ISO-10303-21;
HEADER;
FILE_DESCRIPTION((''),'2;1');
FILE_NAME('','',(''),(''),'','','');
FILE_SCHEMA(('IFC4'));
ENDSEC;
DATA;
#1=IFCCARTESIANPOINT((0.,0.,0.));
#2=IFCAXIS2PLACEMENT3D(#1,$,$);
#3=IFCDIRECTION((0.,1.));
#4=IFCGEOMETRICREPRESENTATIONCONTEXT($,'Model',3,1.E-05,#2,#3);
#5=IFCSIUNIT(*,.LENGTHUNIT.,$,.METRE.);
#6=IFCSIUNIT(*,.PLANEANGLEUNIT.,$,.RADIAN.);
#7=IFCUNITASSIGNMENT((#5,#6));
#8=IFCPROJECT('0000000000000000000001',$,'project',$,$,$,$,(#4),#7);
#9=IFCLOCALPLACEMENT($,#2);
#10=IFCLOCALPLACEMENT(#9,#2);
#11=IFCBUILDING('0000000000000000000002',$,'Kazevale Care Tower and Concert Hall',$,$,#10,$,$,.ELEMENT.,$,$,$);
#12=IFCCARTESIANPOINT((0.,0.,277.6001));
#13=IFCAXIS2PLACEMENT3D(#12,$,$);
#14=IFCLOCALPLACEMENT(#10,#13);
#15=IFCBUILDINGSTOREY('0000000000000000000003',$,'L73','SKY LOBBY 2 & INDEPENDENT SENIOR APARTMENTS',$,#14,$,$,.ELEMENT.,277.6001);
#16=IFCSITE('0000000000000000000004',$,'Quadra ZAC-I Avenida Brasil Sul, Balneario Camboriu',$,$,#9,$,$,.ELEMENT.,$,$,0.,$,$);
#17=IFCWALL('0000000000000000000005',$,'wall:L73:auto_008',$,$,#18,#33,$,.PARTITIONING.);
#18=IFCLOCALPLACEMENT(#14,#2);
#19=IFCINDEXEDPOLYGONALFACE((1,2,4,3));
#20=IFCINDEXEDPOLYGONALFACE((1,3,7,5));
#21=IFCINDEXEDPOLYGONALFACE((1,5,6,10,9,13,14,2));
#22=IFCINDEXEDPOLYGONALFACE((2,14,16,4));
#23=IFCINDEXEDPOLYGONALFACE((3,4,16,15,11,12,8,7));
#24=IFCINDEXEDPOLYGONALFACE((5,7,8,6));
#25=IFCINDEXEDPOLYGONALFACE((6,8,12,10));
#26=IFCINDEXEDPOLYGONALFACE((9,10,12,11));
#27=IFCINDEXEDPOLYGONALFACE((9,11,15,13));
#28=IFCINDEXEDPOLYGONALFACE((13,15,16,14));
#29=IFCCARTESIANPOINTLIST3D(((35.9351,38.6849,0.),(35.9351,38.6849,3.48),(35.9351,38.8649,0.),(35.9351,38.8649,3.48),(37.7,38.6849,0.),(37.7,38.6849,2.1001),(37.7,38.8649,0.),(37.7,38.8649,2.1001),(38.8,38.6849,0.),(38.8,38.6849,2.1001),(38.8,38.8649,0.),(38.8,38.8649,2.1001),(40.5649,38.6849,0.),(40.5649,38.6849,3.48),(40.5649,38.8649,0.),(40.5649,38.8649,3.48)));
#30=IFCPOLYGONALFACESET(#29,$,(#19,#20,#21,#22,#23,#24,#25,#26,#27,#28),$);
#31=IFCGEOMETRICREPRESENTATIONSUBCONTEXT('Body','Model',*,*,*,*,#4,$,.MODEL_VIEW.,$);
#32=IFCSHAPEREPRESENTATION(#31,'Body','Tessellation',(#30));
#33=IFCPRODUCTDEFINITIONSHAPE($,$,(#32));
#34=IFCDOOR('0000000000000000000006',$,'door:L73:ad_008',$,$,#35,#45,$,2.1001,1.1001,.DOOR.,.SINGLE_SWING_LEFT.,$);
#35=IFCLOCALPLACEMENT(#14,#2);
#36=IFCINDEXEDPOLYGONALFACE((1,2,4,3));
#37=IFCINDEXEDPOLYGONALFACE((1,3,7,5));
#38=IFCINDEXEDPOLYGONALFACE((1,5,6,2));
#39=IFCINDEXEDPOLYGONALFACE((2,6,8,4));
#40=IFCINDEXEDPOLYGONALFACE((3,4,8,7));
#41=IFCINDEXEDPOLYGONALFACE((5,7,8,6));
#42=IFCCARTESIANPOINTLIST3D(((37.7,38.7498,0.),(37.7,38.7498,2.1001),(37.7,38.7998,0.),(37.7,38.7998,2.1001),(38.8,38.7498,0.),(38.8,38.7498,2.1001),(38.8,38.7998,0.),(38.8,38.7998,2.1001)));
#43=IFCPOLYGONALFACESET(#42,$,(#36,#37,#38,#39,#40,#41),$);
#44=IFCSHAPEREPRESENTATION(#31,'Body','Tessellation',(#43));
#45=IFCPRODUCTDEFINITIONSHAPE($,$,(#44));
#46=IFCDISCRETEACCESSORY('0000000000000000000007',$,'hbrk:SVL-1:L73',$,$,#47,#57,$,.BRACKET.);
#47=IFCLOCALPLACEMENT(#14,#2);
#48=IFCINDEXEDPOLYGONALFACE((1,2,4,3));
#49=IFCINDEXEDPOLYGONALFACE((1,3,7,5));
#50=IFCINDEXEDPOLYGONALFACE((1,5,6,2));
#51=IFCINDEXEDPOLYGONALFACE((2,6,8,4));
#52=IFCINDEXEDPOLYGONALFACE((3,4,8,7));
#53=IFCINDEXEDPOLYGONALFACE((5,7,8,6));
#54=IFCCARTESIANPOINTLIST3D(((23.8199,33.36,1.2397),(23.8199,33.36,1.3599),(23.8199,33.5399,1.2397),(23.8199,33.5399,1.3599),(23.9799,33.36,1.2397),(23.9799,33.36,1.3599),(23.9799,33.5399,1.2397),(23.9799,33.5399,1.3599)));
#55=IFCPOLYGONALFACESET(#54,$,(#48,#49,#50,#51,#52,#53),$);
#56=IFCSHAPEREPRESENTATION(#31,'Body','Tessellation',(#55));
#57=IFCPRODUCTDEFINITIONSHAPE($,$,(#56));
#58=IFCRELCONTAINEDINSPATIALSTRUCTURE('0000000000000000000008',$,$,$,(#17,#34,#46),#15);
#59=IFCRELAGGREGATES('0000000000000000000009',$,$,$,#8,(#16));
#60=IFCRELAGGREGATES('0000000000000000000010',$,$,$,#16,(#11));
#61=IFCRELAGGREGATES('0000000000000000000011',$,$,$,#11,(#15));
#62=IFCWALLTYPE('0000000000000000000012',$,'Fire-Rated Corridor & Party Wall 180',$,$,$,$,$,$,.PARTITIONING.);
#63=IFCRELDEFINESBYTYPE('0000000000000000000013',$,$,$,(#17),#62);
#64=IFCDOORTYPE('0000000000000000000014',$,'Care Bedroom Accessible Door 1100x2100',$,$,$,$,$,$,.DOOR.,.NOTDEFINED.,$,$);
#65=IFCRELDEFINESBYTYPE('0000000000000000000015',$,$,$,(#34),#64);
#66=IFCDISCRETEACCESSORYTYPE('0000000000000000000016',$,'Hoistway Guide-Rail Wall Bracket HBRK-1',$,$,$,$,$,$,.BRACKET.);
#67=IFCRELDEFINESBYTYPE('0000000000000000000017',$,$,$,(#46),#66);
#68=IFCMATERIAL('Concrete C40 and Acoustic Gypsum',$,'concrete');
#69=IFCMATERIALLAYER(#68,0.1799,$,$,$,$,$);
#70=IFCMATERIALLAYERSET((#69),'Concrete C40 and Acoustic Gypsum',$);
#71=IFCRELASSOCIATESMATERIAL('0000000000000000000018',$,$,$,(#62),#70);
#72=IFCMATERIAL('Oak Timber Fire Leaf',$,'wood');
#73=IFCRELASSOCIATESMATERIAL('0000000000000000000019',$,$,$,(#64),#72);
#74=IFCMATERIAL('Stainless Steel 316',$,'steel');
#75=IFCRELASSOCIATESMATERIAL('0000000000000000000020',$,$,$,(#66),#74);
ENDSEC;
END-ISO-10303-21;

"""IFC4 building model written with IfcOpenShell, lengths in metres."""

from ifc_helpers import new_model, si_unit, direction, frame, frame_2d, origin, origin_2d, place, context, subcontext, project, spatial, rectangle, extrude, material, layer, layer_set, type_object, element, fill, save


model = new_model("IFC4")

# Units and contexts
model_context = context("Model", 3, precision=1e-05, world=origin(), true_north=direction((0.0, 1.0)))
body_context = subcontext(model_context, "Body", "Model", "MODEL_VIEW")
ifc_project = project(units=[si_unit("LENGTHUNIT", "METRE"), si_unit("PLANEANGLEUNIT", "RADIAN")], contexts=[model_context])

# Site, building, storey
site_placement = place(None, origin())
site = spatial("IfcSite", under=ifc_project, at=site_placement, Name="Quadra ZAC-I Avenida Brasil Sul, Balneario Camboriu", CompositionType="ELEMENT", RefElevation=0.0)
building_placement = place(site_placement, origin())
building = spatial("IfcBuilding", under=site, at=building_placement, Name="Kazevale Care Tower and Concert Hall", CompositionType="ELEMENT")
storey_placement = place(building_placement, frame((0.0, 0.0, 277.6001)))
storey = spatial("IfcBuildingStorey", under=building, at=storey_placement, Name="L73", Description="SKY LOBBY 2 & INDEPENDENT SENIOR APARTMENTS", CompositionType="ELEMENT", Elevation=277.6001)

# Shared definitions
ifc_material_1 = material(Name="Oak Timber Fire Leaf", Category="wood")

# Shared definitions
ifc_material_2 = material(Name="Stainless Steel 316", Category="steel")
ifc_material_3 = material(Name="Concrete C40 and Acoustic Gypsum", Category="concrete")
ifc_layer_1 = layer(ifc_material_3, 0.1799)
ifc_layer_set_1 = layer_set([ifc_layer_1], Name="Concrete C40 and Acoustic Gypsum")
wall_type_1 = type_object("IfcWallType", Name="Fire-Rated Corridor & Party Wall 180", PredefinedType="PARTITIONING", material=ifc_layer_set_1)
door_type_1 = type_object("IfcDoorType", Name="Care Bedroom Accessible Door 1100x2100", OperationType="NOTDEFINED", PredefinedType="DOOR", material=ifc_material_1)

# Wall, opening, door
wall_1_placement = place(storey_placement, frame((35.9351, 38.7749, 0.0), z_axis=(0.0, 0.0, 1.0), x_axis=(1.0, 0.0, 0.0)))
wall_1 = element("IfcWall", 1, at=wall_1_placement, inside=storey, type_object=wall_type_1, Name="wall:L73:auto_008", PredefinedType="PARTITIONING", context=body_context, shape_type="SweptSolid", body=[
    extrude(rectangle(XDim=4.6299, YDim=0.1799, at=frame_2d((2.3149, 0.0))), origin(), (0.0, 0.0, 1.0), 3.48),
])
opening_1_placement = place(wall_1_placement, frame((1.7649, 0.0, 0.0)))
opening_1 = element("IfcOpeningElement", 2, at=opening_1_placement, cuts=wall_1, PredefinedType="OPENING", context=body_context, shape_type="SweptSolid", body=[
    extrude(rectangle(XDim=1.1001, YDim=2.1001, at=frame_2d((0.55, 1.05))), frame((0.0, 0.0999, 0.0), z_axis=(0.0, -1.0, 0.0), x_axis=(1.0, 0.0, 0.0)), (0.0, 0.0, 1.0), 0.2),
])
door_1_placement = place(opening_1_placement, origin())
door_1 = element("IfcDoor", 3, at=door_1_placement, inside=storey, type_object=door_type_1, Name="door:L73:ad_008", OperationType="SINGLE_SWING_LEFT", OverallHeight=2.1001, OverallWidth=1.1001, PredefinedType="DOOR", context=body_context, shape_type="SweptSolid", body=[
    extrude(rectangle(XDim=1.1001, YDim=2.1001, at=frame_2d((0.55, 1.05))), frame((0.0, 0.0249, 0.0), z_axis=(0.0, -1.0, 0.0), x_axis=(1.0, 0.0, 0.0)), (0.0, 0.0, 1.0), 0.05),
])
fill(opening_1, door_1)

# Discrete accessory
discrete_accessory_type = type_object("IfcDiscreteAccessoryType", Name="Hoistway Guide-Rail Wall Bracket HBRK-1", PredefinedType="BRACKET", material=ifc_material_2)
discrete_accessory_placement = place(storey_placement, frame((23.8999, 33.45, 1.2397), z_axis=(0.0, 0.0, 1.0), x_axis=(1.0, 0.0, 0.0)))
element("IfcDiscreteAccessory", 4, at=discrete_accessory_placement, inside=storey, type_object=discrete_accessory_type, Name="hbrk:SVL-1:L73", PredefinedType="BRACKET", context=body_context, shape_type="SweptSolid", body=[
    extrude(rectangle(XDim=0.1599, YDim=0.1799, at=origin_2d()), origin(), (0.0, 0.0, 1.0), 0.1201),
])

save(model, "model.ifc")
